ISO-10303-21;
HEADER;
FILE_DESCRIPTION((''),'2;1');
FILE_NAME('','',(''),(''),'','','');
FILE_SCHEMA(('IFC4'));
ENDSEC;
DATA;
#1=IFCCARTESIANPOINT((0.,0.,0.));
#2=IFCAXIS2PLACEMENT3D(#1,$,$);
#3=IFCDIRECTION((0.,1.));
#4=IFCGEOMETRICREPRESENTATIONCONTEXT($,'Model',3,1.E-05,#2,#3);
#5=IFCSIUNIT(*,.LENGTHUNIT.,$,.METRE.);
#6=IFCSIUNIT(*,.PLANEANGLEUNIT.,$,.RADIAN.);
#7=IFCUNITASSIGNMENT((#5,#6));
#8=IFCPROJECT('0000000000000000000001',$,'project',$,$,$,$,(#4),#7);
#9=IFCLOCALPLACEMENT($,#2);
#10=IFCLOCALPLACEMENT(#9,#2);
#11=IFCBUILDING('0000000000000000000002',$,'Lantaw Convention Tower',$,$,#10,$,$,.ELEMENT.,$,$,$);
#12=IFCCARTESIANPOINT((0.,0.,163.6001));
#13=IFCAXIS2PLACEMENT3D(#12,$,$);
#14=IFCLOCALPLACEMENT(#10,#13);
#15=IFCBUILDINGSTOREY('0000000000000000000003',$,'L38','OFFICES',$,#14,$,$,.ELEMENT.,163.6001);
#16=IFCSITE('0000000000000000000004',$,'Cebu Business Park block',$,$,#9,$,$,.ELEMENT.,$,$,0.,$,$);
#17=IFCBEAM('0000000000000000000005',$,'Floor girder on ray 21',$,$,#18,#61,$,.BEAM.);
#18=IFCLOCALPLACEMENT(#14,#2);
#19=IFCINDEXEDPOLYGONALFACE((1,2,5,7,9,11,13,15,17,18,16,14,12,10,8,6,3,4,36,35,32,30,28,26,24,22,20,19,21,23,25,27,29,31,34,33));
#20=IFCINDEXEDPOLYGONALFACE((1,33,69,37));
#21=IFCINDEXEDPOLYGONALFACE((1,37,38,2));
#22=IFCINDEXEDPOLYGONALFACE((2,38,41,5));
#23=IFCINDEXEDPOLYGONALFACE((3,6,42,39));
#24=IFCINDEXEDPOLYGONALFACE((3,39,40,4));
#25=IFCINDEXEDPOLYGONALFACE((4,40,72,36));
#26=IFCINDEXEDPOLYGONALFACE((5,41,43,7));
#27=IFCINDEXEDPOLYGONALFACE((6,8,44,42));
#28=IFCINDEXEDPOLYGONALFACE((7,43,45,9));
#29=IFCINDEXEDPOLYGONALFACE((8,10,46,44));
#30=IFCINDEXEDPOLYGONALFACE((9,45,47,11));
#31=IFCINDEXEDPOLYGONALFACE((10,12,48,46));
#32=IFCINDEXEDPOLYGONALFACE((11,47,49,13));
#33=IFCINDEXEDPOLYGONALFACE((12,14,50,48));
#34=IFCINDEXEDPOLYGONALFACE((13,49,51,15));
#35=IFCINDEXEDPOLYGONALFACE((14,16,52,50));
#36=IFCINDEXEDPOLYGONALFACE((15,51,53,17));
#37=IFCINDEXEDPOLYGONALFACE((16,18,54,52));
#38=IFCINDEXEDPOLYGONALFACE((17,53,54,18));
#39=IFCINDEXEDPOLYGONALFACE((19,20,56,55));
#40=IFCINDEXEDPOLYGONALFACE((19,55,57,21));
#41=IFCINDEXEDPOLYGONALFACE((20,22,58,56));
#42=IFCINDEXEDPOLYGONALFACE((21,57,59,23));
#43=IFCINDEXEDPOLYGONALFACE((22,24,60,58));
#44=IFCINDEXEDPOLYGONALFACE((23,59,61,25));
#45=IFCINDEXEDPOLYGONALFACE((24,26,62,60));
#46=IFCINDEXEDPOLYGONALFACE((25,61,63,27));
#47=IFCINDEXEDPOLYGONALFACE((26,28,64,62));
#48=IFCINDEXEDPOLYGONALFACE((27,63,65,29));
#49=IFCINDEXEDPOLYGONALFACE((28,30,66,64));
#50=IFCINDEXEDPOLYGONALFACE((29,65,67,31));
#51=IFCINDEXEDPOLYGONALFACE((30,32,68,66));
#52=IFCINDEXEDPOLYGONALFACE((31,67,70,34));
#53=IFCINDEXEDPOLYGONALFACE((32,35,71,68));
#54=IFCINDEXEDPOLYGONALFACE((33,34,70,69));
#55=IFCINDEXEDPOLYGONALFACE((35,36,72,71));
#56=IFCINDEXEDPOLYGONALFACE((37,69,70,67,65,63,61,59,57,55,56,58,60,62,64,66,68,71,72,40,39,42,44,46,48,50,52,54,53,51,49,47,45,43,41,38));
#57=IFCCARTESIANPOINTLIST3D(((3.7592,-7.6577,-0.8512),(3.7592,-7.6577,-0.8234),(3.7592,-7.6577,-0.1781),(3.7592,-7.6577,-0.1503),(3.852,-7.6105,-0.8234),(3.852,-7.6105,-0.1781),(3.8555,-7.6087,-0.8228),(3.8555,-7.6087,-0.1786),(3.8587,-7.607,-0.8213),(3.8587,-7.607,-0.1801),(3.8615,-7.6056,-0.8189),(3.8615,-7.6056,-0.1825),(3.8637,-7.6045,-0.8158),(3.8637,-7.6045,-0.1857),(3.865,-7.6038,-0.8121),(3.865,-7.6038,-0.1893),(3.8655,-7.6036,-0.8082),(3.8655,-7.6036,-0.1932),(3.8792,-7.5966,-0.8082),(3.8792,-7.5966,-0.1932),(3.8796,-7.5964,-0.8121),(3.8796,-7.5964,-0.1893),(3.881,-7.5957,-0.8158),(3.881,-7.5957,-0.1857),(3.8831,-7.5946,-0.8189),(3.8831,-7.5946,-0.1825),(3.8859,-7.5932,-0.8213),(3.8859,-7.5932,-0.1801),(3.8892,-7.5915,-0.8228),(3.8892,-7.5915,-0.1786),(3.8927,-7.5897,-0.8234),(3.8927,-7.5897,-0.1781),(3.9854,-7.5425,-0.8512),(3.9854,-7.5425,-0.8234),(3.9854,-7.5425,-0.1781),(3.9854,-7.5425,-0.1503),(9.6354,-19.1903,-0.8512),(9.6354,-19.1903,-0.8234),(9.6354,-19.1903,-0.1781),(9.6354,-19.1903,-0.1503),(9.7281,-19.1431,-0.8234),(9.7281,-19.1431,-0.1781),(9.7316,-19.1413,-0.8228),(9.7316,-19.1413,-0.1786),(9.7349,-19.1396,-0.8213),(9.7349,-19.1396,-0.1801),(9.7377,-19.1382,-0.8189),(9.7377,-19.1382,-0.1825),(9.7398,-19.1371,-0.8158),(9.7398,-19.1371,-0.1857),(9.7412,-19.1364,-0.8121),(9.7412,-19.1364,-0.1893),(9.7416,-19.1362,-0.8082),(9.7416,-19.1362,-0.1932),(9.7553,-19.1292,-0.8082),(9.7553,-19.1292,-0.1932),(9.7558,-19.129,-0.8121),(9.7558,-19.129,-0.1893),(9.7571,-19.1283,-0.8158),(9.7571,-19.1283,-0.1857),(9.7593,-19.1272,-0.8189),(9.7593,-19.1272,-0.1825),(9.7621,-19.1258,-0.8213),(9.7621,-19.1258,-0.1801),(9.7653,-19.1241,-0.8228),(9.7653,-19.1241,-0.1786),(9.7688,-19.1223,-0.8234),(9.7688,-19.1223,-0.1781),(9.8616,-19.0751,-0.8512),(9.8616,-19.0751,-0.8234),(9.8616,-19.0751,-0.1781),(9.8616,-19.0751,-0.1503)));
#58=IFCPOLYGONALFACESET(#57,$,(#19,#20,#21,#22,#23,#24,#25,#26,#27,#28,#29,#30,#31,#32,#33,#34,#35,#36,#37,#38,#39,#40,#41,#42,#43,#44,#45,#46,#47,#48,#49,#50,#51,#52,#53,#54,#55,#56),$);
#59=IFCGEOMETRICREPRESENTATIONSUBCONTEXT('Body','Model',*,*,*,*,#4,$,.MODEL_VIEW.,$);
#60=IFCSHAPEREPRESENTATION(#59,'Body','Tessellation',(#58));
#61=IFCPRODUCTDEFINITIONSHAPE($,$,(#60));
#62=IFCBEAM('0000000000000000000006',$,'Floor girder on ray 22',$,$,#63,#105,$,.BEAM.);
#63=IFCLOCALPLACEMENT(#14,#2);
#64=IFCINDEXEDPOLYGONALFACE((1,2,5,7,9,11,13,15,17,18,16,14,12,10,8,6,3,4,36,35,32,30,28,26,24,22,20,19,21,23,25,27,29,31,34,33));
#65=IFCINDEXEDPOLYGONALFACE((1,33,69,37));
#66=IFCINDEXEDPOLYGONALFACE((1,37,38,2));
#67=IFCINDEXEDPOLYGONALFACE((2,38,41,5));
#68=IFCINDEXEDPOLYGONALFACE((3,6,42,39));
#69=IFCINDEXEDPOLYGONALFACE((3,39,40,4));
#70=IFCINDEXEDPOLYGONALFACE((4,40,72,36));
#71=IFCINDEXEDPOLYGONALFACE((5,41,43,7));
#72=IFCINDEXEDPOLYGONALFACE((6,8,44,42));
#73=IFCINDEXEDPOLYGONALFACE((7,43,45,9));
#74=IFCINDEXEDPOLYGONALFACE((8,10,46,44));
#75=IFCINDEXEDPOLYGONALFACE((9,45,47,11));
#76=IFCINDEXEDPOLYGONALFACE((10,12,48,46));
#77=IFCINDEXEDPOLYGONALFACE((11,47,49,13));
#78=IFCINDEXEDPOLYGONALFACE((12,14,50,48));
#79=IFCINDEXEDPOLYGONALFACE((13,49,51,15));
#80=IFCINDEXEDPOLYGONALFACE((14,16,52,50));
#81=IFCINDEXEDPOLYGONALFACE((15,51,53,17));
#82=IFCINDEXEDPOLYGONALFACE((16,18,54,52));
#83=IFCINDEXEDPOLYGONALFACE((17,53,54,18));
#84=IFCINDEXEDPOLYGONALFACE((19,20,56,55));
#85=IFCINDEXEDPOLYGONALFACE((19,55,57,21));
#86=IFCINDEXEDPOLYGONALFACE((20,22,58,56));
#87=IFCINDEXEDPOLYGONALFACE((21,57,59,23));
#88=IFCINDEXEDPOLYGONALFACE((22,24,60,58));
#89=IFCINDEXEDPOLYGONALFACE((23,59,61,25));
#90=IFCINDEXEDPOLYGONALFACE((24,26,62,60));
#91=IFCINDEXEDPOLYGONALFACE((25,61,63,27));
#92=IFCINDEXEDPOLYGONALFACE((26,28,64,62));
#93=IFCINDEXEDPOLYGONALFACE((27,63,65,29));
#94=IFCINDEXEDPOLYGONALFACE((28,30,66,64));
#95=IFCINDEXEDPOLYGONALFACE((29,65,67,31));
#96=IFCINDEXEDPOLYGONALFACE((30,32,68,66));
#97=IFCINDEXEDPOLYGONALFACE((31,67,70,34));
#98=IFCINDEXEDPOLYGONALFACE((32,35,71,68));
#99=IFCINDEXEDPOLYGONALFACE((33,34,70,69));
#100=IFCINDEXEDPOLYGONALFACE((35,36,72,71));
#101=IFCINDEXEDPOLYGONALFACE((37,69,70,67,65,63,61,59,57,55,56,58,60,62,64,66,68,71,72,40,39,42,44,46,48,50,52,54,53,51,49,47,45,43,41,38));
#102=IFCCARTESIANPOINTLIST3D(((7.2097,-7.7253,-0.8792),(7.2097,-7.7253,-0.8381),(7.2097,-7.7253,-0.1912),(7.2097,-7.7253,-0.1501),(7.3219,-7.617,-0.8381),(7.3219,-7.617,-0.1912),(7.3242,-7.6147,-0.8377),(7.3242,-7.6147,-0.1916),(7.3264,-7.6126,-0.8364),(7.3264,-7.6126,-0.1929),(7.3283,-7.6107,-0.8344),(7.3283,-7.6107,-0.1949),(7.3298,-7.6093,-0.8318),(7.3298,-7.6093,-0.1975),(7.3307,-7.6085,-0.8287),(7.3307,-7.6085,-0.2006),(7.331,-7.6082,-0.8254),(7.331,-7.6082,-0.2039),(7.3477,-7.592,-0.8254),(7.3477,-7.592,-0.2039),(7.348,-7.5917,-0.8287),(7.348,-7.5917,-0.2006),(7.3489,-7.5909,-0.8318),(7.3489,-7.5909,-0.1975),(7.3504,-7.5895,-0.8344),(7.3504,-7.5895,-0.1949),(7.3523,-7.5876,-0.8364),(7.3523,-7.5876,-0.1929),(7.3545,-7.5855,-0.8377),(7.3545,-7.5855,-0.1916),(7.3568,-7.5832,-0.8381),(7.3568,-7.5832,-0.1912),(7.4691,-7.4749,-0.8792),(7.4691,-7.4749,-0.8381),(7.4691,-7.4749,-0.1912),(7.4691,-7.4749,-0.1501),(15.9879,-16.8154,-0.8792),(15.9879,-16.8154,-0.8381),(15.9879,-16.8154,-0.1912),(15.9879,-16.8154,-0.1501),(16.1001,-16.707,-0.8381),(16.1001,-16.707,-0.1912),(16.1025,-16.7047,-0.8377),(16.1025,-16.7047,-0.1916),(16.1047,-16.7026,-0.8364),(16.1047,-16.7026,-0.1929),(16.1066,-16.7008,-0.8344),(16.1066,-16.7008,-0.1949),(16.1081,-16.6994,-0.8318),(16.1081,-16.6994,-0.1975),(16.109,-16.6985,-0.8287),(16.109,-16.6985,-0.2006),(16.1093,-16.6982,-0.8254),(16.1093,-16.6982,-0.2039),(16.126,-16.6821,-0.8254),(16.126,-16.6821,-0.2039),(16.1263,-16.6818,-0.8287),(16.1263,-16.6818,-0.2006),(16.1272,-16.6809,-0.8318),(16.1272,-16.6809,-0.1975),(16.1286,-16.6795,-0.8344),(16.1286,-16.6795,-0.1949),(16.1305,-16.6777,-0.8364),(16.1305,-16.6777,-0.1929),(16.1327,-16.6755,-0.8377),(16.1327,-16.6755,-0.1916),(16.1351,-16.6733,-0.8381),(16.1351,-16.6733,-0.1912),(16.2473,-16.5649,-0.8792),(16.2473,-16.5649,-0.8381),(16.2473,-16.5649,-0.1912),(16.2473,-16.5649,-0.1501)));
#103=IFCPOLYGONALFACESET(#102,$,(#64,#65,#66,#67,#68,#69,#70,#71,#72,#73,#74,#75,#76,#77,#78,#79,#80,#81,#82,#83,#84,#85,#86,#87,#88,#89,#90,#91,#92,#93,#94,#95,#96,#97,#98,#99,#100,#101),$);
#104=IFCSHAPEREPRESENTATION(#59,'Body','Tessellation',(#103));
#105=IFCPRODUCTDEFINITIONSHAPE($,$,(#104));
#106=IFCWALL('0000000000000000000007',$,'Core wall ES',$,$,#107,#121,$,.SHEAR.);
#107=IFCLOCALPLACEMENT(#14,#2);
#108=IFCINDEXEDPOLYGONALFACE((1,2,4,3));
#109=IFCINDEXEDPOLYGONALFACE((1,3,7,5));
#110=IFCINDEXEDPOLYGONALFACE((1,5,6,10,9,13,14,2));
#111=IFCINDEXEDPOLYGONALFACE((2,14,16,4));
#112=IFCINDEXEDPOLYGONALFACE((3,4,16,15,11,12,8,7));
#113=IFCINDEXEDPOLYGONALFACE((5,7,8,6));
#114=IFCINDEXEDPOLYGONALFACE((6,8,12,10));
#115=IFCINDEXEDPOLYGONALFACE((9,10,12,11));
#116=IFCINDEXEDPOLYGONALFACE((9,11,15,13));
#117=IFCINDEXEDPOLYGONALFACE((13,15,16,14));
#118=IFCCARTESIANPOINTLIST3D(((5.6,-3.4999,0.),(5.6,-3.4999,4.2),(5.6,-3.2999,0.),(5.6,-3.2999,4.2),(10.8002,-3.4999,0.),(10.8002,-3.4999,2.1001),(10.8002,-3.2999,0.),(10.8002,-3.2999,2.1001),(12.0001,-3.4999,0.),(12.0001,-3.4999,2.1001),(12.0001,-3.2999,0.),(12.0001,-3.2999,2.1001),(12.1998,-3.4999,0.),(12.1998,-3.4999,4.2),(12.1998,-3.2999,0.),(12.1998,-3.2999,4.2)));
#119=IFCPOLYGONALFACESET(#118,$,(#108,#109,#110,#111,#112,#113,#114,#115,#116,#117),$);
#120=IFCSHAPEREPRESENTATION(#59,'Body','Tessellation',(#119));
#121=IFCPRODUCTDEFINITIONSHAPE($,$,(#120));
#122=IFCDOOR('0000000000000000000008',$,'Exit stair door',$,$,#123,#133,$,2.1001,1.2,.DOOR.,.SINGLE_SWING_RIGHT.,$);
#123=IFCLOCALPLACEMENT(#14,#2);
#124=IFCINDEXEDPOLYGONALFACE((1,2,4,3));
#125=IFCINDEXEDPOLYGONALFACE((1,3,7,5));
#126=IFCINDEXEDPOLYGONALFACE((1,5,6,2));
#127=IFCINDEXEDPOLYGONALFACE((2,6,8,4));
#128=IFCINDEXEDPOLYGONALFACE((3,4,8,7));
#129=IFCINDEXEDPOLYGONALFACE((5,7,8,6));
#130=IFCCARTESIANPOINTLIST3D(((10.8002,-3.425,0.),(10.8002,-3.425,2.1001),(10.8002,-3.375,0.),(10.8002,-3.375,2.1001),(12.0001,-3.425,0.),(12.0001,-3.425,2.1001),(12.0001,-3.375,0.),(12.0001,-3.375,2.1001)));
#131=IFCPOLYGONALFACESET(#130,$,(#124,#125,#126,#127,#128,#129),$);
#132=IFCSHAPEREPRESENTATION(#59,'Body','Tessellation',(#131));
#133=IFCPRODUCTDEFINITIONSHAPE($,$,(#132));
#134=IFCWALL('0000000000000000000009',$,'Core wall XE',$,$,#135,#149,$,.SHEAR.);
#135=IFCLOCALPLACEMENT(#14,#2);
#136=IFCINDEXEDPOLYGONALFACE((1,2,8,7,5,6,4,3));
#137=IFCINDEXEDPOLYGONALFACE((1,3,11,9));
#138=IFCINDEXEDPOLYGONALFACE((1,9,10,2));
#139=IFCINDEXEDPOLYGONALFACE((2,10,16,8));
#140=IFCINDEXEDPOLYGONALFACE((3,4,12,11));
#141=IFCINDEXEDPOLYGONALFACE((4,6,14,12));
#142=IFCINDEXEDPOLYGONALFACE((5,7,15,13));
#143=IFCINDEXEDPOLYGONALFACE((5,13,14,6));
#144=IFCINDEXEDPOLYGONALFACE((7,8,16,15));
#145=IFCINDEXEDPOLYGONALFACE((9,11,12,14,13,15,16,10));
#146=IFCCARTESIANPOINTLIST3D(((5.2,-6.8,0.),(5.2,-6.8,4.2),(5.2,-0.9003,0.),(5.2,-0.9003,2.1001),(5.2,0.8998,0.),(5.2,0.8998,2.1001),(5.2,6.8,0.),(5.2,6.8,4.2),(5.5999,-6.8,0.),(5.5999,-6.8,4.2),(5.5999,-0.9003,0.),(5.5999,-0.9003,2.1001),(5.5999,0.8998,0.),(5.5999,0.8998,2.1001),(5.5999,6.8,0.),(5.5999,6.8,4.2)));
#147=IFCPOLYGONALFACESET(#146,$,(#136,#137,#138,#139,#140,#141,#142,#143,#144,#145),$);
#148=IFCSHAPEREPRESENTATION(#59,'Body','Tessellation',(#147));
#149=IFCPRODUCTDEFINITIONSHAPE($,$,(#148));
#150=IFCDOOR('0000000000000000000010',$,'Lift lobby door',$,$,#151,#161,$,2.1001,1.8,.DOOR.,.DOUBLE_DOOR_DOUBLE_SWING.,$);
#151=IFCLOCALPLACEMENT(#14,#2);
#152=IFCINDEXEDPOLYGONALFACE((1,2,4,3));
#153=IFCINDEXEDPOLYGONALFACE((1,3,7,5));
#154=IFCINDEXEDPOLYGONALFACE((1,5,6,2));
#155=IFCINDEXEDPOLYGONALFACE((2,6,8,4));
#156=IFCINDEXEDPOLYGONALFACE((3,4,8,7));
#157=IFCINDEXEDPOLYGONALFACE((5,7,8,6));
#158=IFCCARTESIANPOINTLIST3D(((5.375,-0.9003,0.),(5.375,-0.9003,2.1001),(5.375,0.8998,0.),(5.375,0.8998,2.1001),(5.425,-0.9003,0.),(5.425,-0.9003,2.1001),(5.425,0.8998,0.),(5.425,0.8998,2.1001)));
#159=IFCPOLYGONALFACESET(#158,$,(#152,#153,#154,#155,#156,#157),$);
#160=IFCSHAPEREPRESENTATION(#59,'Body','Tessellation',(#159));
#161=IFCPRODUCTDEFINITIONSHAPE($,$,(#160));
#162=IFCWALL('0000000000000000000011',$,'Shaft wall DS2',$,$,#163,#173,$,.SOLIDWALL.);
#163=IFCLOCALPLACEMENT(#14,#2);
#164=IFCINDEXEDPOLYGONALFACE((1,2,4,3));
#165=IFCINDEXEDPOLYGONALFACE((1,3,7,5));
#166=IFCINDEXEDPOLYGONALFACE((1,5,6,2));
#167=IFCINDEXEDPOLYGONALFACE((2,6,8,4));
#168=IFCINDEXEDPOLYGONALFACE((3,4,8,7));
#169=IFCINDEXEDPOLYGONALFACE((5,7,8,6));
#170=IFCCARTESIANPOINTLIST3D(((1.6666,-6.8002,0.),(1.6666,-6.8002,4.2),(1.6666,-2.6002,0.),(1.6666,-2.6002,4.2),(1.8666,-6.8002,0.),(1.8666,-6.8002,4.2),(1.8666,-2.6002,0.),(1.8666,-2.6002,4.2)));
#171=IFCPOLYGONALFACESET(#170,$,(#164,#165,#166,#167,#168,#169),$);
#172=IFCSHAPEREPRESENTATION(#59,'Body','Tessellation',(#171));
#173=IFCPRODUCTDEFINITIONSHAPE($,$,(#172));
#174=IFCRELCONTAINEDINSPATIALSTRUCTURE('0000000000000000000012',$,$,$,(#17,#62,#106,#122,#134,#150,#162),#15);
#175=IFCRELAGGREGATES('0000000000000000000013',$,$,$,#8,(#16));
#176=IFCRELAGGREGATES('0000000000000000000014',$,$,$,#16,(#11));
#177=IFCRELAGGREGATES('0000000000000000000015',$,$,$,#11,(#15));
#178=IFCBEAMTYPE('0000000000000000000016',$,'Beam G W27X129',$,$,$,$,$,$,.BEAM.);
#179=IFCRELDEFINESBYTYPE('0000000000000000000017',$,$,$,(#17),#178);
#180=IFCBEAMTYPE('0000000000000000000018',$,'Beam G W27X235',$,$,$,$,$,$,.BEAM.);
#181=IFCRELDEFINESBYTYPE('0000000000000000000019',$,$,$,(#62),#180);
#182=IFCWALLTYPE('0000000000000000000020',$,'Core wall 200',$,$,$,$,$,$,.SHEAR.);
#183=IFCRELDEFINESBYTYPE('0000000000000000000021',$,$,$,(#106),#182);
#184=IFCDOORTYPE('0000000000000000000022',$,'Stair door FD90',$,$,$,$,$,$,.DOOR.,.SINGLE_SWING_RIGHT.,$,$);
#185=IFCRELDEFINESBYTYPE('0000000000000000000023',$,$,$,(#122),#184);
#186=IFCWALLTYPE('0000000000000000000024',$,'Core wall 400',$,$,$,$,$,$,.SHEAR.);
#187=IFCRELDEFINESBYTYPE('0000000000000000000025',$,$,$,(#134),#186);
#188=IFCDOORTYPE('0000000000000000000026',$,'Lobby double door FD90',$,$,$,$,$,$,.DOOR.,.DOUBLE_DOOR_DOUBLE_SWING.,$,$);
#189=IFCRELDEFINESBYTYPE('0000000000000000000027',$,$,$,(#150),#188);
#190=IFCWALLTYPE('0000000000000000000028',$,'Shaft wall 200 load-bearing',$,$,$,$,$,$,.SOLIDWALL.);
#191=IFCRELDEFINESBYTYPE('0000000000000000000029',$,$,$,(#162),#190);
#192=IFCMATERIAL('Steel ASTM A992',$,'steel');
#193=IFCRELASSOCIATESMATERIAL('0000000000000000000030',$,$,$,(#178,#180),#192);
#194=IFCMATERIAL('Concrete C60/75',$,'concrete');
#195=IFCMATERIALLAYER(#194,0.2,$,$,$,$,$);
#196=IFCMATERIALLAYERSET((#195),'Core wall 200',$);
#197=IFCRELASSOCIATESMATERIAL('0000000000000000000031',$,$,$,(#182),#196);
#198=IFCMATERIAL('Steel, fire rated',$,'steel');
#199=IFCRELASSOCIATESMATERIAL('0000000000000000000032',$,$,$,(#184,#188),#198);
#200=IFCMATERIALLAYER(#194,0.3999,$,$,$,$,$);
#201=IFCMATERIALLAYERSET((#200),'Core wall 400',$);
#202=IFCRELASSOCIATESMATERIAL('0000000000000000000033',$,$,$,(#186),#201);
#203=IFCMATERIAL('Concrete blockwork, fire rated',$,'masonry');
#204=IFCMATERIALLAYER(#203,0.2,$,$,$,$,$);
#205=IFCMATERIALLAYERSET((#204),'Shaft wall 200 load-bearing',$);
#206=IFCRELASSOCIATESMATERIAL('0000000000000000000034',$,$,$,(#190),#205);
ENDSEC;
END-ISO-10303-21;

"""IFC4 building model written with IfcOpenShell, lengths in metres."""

from ifc_helpers import new_model, si_unit, direction, frame, frame_2d, origin, origin_2d, place, context, subcontext, project, spatial, rectangle, i_section, extrude, material, layer, layer_set, material_profile, profile_set, type_object, element, fill, save


model = new_model("IFC4")

# Units and contexts
model_context = context("Model", 3, precision=1e-05, world=origin(), true_north=direction((0.0, 1.0)))
body_context = subcontext(model_context, "Body", "Model", "MODEL_VIEW")
ifc_project = project(units=[si_unit("LENGTHUNIT", "METRE"), si_unit("PLANEANGLEUNIT", "RADIAN")], contexts=[model_context])

# Site, building, storey
site_placement = place(None, origin())
site = spatial("IfcSite", under=ifc_project, at=site_placement, Name="Cebu Business Park block", CompositionType="ELEMENT", RefElevation=0.0)
building_placement = place(site_placement, origin())
building = spatial("IfcBuilding", under=site, at=building_placement, Name="Lantaw Convention Tower", CompositionType="ELEMENT")
storey_placement = place(building_placement, frame((0.0, 0.0, 163.6001)))
storey = spatial("IfcBuildingStorey", under=building, at=storey_placement, Name="L38", Description="OFFICES", CompositionType="ELEMENT", Elevation=163.6001)

# Beams
ifc_material_1 = material(Name="Steel ASTM A992", Category="steel")
ifc_material_profile_1 = material_profile(ifc_material_1, i_section(OverallWidth=0.2539, OverallDepth=0.7009, WebThickness=0.0154, FlangeThickness=0.0278, FilletRadius=0.0151, at=origin_2d()), Name="W27X129")
ifc_profile_set_1 = profile_set([ifc_material_profile_1], Name="Steel ASTM A992")
beam_type_1 = type_object("IfcBeamType", Name="Beam G W27X129", PredefinedType="BEAM", material=ifc_profile_set_1)
beam_1_placement = place(storey_placement, frame((3.8723, -7.6001, -0.5007), z_axis=(0.453991, -0.891006, 0.0), x_axis=(0.891006, 0.453991, 0.0)))
element("IfcBeam", 1, at=beam_1_placement, inside=storey, type_object=beam_type_1, Name="Floor girder on ray 21", PredefinedType="BEAM", context=body_context, shape_type="SweptSolid", body=[
    extrude(i_section(OverallWidth=0.2539, OverallDepth=0.7009, WebThickness=0.0154, FlangeThickness=0.0278, FilletRadius=0.0151, at=origin_2d()), origin(), (0.0, 0.0, 1.0), 12.9434),
])
ifc_material_profile_2 = material_profile(ifc_material_1, i_section(OverallWidth=0.3606, OverallDepth=0.729, WebThickness=0.0232, FlangeThickness=0.041, FilletRadius=0.0127, at=origin_2d()), Name="W27X235")
ifc_profile_set_2 = profile_set([ifc_material_profile_2], Name="Steel ASTM A992")
beam_type_2 = type_object("IfcBeamType", Name="Beam G W27X235", PredefinedType="BEAM", material=ifc_profile_set_2)
beam_2_placement = place(storey_placement, frame((7.3394, -7.6001, -0.5146), z_axis=(0.694663, -0.719335, 0.0), x_axis=(0.719335, 0.694663, 0.0)))
element("IfcBeam", 2, at=beam_2_placement, inside=storey, type_object=beam_type_2, Name="Floor girder on ray 22", PredefinedType="BEAM", context=body_context, shape_type="SweptSolid", body=[
    extrude(i_section(OverallWidth=0.3606, OverallDepth=0.729, WebThickness=0.0232, FlangeThickness=0.041, FilletRadius=0.0127, at=origin_2d()), origin(), (0.0, 0.0, 1.0), 12.6367),
])

# Walls, openings, doors
ifc_material_2 = material(Name="Concrete C60/75", Category="concrete")
ifc_layer_1 = layer(ifc_material_2, 0.2)
ifc_layer_set_1 = layer_set([ifc_layer_1], Name="Core wall 200")
wall_type_1 = type_object("IfcWallType", Name="Core wall 200", PredefinedType="SHEAR", material=ifc_layer_set_1)
wall_1_placement = place(storey_placement, frame((5.6001, -3.3999, 0.0), z_axis=(0.0, 0.0, 1.0), x_axis=(1.0, 0.0, 0.0)))
wall_1 = element("IfcWall", 3, at=wall_1_placement, inside=storey, type_object=wall_type_1, Name="Core wall ES", PredefinedType="SHEAR", context=body_context, shape_type="SweptSolid", body=[
    extrude(rectangle(XDim=6.5999, YDim=0.2, at=frame_2d((3.2998, 0.0))), origin(), (0.0, 0.0, 1.0), 4.2),
])
opening_1_placement = place(wall_1_placement, frame((5.2, 0.0, 0.0)))
opening_1 = element("IfcOpeningElement", 4, at=opening_1_placement, cuts=wall_1, PredefinedType="OPENING", context=body_context, shape_type="SweptSolid", body=[
    extrude(rectangle(XDim=1.2, YDim=2.1001, at=frame_2d((0.6001, 1.05))), frame((0.0, 0.1099, 0.0), z_axis=(0.0, -1.0, 0.0), x_axis=(1.0, 0.0, 0.0)), (0.0, 0.0, 1.0), 0.22),
])
ifc_material_3 = material(Name="Steel, fire rated", Category="steel")
door_type_1 = type_object("IfcDoorType", Name="Stair door FD90", OperationType="SINGLE_SWING_RIGHT", PredefinedType="DOOR", material=ifc_material_3)
door_1_placement = place(opening_1_placement, origin())
door_1 = element("IfcDoor", 5, at=door_1_placement, inside=storey, type_object=door_type_1, Name="Exit stair door", OperationType="SINGLE_SWING_RIGHT", OverallHeight=2.1001, OverallWidth=1.2, PredefinedType="DOOR", context=body_context, shape_type="SweptSolid", body=[
    extrude(rectangle(XDim=1.2, YDim=2.1001, at=frame_2d((0.6001, 1.05))), frame((0.0, 0.0249, 0.0), z_axis=(0.0, -1.0, 0.0), x_axis=(1.0, 0.0, 0.0)), (0.0, 0.0, 1.0), 0.05),
])
fill(opening_1, door_1)
ifc_layer_2 = layer(ifc_material_2, 0.3999)
ifc_layer_set_2 = layer_set([ifc_layer_2], Name="Core wall 400")
wall_type_2 = type_object("IfcWallType", Name="Core wall 400", PredefinedType="SHEAR", material=ifc_layer_set_2)
wall_2_placement = place(storey_placement, frame((5.3999, -6.8, 0.0), z_axis=(0.0, 0.0, 1.0), x_axis=(0.0, 1.0, 0.0)))
wall_2 = element("IfcWall", 6, at=wall_2_placement, inside=storey, type_object=wall_type_2, Name="Core wall XE", PredefinedType="SHEAR", context=body_context, shape_type="SweptSolid", body=[
    extrude(rectangle(XDim=13.6001, YDim=0.3999, at=frame_2d((6.8, 0.0))), origin(), (0.0, 0.0, 1.0), 4.2),
])
opening_2_placement = place(wall_2_placement, frame((5.8999, 0.0, 0.0)))
opening_2 = element("IfcOpeningElement", 7, at=opening_2_placement, cuts=wall_2, PredefinedType="OPENING", context=body_context, shape_type="SweptSolid", body=[
    extrude(rectangle(XDim=1.8, YDim=2.1001, at=frame_2d((0.8999, 1.05))), frame((0.0, 0.21, 0.0), z_axis=(0.0, -1.0, 0.0), x_axis=(1.0, 0.0, 0.0)), (0.0, 0.0, 1.0), 0.4199),
])
door_type_2 = type_object("IfcDoorType", Name="Lobby double door FD90", OperationType="DOUBLE_DOOR_DOUBLE_SWING", PredefinedType="DOOR", material=ifc_material_3)
door_2_placement = place(opening_2_placement, origin())
door_2 = element("IfcDoor", 8, at=door_2_placement, inside=storey, type_object=door_type_2, Name="Lift lobby door", OperationType="DOUBLE_DOOR_DOUBLE_SWING", OverallHeight=2.1001, OverallWidth=1.8, PredefinedType="DOOR", context=body_context, shape_type="SweptSolid", body=[
    extrude(rectangle(XDim=1.8, YDim=2.1001, at=frame_2d((0.8999, 1.05))), frame((0.0, 0.0249, 0.0), z_axis=(0.0, -1.0, 0.0), x_axis=(1.0, 0.0, 0.0)), (0.0, 0.0, 1.0), 0.05),
])
fill(opening_2, door_2)

# Wall
ifc_material_4 = material(Name="Concrete blockwork, fire rated", Category="masonry")
ifc_layer_3 = layer(ifc_material_4, 0.2)
ifc_layer_set_3 = layer_set([ifc_layer_3], Name="Shaft wall 200 load-bearing")
wall_type_3 = type_object("IfcWallType", Name="Shaft wall 200 load-bearing", PredefinedType="SOLIDWALL", material=ifc_layer_set_3)
wall_3_placement = place(storey_placement, frame((1.7666, -2.6001, 0.0), z_axis=(0.0, 0.0, 1.0), x_axis=(0.0, -1.0, 0.0)))
element("IfcWall", 9, at=wall_3_placement, inside=storey, type_object=wall_type_3, Name="Shaft wall DS2", PredefinedType="SOLIDWALL", context=body_context, shape_type="SweptSolid", body=[
    extrude(rectangle(XDim=4.2, YDim=0.2, at=frame_2d((2.1001, 0.0))), origin(), (0.0, 0.0, 1.0), 4.2),
])

save(model, "model.ifc")
